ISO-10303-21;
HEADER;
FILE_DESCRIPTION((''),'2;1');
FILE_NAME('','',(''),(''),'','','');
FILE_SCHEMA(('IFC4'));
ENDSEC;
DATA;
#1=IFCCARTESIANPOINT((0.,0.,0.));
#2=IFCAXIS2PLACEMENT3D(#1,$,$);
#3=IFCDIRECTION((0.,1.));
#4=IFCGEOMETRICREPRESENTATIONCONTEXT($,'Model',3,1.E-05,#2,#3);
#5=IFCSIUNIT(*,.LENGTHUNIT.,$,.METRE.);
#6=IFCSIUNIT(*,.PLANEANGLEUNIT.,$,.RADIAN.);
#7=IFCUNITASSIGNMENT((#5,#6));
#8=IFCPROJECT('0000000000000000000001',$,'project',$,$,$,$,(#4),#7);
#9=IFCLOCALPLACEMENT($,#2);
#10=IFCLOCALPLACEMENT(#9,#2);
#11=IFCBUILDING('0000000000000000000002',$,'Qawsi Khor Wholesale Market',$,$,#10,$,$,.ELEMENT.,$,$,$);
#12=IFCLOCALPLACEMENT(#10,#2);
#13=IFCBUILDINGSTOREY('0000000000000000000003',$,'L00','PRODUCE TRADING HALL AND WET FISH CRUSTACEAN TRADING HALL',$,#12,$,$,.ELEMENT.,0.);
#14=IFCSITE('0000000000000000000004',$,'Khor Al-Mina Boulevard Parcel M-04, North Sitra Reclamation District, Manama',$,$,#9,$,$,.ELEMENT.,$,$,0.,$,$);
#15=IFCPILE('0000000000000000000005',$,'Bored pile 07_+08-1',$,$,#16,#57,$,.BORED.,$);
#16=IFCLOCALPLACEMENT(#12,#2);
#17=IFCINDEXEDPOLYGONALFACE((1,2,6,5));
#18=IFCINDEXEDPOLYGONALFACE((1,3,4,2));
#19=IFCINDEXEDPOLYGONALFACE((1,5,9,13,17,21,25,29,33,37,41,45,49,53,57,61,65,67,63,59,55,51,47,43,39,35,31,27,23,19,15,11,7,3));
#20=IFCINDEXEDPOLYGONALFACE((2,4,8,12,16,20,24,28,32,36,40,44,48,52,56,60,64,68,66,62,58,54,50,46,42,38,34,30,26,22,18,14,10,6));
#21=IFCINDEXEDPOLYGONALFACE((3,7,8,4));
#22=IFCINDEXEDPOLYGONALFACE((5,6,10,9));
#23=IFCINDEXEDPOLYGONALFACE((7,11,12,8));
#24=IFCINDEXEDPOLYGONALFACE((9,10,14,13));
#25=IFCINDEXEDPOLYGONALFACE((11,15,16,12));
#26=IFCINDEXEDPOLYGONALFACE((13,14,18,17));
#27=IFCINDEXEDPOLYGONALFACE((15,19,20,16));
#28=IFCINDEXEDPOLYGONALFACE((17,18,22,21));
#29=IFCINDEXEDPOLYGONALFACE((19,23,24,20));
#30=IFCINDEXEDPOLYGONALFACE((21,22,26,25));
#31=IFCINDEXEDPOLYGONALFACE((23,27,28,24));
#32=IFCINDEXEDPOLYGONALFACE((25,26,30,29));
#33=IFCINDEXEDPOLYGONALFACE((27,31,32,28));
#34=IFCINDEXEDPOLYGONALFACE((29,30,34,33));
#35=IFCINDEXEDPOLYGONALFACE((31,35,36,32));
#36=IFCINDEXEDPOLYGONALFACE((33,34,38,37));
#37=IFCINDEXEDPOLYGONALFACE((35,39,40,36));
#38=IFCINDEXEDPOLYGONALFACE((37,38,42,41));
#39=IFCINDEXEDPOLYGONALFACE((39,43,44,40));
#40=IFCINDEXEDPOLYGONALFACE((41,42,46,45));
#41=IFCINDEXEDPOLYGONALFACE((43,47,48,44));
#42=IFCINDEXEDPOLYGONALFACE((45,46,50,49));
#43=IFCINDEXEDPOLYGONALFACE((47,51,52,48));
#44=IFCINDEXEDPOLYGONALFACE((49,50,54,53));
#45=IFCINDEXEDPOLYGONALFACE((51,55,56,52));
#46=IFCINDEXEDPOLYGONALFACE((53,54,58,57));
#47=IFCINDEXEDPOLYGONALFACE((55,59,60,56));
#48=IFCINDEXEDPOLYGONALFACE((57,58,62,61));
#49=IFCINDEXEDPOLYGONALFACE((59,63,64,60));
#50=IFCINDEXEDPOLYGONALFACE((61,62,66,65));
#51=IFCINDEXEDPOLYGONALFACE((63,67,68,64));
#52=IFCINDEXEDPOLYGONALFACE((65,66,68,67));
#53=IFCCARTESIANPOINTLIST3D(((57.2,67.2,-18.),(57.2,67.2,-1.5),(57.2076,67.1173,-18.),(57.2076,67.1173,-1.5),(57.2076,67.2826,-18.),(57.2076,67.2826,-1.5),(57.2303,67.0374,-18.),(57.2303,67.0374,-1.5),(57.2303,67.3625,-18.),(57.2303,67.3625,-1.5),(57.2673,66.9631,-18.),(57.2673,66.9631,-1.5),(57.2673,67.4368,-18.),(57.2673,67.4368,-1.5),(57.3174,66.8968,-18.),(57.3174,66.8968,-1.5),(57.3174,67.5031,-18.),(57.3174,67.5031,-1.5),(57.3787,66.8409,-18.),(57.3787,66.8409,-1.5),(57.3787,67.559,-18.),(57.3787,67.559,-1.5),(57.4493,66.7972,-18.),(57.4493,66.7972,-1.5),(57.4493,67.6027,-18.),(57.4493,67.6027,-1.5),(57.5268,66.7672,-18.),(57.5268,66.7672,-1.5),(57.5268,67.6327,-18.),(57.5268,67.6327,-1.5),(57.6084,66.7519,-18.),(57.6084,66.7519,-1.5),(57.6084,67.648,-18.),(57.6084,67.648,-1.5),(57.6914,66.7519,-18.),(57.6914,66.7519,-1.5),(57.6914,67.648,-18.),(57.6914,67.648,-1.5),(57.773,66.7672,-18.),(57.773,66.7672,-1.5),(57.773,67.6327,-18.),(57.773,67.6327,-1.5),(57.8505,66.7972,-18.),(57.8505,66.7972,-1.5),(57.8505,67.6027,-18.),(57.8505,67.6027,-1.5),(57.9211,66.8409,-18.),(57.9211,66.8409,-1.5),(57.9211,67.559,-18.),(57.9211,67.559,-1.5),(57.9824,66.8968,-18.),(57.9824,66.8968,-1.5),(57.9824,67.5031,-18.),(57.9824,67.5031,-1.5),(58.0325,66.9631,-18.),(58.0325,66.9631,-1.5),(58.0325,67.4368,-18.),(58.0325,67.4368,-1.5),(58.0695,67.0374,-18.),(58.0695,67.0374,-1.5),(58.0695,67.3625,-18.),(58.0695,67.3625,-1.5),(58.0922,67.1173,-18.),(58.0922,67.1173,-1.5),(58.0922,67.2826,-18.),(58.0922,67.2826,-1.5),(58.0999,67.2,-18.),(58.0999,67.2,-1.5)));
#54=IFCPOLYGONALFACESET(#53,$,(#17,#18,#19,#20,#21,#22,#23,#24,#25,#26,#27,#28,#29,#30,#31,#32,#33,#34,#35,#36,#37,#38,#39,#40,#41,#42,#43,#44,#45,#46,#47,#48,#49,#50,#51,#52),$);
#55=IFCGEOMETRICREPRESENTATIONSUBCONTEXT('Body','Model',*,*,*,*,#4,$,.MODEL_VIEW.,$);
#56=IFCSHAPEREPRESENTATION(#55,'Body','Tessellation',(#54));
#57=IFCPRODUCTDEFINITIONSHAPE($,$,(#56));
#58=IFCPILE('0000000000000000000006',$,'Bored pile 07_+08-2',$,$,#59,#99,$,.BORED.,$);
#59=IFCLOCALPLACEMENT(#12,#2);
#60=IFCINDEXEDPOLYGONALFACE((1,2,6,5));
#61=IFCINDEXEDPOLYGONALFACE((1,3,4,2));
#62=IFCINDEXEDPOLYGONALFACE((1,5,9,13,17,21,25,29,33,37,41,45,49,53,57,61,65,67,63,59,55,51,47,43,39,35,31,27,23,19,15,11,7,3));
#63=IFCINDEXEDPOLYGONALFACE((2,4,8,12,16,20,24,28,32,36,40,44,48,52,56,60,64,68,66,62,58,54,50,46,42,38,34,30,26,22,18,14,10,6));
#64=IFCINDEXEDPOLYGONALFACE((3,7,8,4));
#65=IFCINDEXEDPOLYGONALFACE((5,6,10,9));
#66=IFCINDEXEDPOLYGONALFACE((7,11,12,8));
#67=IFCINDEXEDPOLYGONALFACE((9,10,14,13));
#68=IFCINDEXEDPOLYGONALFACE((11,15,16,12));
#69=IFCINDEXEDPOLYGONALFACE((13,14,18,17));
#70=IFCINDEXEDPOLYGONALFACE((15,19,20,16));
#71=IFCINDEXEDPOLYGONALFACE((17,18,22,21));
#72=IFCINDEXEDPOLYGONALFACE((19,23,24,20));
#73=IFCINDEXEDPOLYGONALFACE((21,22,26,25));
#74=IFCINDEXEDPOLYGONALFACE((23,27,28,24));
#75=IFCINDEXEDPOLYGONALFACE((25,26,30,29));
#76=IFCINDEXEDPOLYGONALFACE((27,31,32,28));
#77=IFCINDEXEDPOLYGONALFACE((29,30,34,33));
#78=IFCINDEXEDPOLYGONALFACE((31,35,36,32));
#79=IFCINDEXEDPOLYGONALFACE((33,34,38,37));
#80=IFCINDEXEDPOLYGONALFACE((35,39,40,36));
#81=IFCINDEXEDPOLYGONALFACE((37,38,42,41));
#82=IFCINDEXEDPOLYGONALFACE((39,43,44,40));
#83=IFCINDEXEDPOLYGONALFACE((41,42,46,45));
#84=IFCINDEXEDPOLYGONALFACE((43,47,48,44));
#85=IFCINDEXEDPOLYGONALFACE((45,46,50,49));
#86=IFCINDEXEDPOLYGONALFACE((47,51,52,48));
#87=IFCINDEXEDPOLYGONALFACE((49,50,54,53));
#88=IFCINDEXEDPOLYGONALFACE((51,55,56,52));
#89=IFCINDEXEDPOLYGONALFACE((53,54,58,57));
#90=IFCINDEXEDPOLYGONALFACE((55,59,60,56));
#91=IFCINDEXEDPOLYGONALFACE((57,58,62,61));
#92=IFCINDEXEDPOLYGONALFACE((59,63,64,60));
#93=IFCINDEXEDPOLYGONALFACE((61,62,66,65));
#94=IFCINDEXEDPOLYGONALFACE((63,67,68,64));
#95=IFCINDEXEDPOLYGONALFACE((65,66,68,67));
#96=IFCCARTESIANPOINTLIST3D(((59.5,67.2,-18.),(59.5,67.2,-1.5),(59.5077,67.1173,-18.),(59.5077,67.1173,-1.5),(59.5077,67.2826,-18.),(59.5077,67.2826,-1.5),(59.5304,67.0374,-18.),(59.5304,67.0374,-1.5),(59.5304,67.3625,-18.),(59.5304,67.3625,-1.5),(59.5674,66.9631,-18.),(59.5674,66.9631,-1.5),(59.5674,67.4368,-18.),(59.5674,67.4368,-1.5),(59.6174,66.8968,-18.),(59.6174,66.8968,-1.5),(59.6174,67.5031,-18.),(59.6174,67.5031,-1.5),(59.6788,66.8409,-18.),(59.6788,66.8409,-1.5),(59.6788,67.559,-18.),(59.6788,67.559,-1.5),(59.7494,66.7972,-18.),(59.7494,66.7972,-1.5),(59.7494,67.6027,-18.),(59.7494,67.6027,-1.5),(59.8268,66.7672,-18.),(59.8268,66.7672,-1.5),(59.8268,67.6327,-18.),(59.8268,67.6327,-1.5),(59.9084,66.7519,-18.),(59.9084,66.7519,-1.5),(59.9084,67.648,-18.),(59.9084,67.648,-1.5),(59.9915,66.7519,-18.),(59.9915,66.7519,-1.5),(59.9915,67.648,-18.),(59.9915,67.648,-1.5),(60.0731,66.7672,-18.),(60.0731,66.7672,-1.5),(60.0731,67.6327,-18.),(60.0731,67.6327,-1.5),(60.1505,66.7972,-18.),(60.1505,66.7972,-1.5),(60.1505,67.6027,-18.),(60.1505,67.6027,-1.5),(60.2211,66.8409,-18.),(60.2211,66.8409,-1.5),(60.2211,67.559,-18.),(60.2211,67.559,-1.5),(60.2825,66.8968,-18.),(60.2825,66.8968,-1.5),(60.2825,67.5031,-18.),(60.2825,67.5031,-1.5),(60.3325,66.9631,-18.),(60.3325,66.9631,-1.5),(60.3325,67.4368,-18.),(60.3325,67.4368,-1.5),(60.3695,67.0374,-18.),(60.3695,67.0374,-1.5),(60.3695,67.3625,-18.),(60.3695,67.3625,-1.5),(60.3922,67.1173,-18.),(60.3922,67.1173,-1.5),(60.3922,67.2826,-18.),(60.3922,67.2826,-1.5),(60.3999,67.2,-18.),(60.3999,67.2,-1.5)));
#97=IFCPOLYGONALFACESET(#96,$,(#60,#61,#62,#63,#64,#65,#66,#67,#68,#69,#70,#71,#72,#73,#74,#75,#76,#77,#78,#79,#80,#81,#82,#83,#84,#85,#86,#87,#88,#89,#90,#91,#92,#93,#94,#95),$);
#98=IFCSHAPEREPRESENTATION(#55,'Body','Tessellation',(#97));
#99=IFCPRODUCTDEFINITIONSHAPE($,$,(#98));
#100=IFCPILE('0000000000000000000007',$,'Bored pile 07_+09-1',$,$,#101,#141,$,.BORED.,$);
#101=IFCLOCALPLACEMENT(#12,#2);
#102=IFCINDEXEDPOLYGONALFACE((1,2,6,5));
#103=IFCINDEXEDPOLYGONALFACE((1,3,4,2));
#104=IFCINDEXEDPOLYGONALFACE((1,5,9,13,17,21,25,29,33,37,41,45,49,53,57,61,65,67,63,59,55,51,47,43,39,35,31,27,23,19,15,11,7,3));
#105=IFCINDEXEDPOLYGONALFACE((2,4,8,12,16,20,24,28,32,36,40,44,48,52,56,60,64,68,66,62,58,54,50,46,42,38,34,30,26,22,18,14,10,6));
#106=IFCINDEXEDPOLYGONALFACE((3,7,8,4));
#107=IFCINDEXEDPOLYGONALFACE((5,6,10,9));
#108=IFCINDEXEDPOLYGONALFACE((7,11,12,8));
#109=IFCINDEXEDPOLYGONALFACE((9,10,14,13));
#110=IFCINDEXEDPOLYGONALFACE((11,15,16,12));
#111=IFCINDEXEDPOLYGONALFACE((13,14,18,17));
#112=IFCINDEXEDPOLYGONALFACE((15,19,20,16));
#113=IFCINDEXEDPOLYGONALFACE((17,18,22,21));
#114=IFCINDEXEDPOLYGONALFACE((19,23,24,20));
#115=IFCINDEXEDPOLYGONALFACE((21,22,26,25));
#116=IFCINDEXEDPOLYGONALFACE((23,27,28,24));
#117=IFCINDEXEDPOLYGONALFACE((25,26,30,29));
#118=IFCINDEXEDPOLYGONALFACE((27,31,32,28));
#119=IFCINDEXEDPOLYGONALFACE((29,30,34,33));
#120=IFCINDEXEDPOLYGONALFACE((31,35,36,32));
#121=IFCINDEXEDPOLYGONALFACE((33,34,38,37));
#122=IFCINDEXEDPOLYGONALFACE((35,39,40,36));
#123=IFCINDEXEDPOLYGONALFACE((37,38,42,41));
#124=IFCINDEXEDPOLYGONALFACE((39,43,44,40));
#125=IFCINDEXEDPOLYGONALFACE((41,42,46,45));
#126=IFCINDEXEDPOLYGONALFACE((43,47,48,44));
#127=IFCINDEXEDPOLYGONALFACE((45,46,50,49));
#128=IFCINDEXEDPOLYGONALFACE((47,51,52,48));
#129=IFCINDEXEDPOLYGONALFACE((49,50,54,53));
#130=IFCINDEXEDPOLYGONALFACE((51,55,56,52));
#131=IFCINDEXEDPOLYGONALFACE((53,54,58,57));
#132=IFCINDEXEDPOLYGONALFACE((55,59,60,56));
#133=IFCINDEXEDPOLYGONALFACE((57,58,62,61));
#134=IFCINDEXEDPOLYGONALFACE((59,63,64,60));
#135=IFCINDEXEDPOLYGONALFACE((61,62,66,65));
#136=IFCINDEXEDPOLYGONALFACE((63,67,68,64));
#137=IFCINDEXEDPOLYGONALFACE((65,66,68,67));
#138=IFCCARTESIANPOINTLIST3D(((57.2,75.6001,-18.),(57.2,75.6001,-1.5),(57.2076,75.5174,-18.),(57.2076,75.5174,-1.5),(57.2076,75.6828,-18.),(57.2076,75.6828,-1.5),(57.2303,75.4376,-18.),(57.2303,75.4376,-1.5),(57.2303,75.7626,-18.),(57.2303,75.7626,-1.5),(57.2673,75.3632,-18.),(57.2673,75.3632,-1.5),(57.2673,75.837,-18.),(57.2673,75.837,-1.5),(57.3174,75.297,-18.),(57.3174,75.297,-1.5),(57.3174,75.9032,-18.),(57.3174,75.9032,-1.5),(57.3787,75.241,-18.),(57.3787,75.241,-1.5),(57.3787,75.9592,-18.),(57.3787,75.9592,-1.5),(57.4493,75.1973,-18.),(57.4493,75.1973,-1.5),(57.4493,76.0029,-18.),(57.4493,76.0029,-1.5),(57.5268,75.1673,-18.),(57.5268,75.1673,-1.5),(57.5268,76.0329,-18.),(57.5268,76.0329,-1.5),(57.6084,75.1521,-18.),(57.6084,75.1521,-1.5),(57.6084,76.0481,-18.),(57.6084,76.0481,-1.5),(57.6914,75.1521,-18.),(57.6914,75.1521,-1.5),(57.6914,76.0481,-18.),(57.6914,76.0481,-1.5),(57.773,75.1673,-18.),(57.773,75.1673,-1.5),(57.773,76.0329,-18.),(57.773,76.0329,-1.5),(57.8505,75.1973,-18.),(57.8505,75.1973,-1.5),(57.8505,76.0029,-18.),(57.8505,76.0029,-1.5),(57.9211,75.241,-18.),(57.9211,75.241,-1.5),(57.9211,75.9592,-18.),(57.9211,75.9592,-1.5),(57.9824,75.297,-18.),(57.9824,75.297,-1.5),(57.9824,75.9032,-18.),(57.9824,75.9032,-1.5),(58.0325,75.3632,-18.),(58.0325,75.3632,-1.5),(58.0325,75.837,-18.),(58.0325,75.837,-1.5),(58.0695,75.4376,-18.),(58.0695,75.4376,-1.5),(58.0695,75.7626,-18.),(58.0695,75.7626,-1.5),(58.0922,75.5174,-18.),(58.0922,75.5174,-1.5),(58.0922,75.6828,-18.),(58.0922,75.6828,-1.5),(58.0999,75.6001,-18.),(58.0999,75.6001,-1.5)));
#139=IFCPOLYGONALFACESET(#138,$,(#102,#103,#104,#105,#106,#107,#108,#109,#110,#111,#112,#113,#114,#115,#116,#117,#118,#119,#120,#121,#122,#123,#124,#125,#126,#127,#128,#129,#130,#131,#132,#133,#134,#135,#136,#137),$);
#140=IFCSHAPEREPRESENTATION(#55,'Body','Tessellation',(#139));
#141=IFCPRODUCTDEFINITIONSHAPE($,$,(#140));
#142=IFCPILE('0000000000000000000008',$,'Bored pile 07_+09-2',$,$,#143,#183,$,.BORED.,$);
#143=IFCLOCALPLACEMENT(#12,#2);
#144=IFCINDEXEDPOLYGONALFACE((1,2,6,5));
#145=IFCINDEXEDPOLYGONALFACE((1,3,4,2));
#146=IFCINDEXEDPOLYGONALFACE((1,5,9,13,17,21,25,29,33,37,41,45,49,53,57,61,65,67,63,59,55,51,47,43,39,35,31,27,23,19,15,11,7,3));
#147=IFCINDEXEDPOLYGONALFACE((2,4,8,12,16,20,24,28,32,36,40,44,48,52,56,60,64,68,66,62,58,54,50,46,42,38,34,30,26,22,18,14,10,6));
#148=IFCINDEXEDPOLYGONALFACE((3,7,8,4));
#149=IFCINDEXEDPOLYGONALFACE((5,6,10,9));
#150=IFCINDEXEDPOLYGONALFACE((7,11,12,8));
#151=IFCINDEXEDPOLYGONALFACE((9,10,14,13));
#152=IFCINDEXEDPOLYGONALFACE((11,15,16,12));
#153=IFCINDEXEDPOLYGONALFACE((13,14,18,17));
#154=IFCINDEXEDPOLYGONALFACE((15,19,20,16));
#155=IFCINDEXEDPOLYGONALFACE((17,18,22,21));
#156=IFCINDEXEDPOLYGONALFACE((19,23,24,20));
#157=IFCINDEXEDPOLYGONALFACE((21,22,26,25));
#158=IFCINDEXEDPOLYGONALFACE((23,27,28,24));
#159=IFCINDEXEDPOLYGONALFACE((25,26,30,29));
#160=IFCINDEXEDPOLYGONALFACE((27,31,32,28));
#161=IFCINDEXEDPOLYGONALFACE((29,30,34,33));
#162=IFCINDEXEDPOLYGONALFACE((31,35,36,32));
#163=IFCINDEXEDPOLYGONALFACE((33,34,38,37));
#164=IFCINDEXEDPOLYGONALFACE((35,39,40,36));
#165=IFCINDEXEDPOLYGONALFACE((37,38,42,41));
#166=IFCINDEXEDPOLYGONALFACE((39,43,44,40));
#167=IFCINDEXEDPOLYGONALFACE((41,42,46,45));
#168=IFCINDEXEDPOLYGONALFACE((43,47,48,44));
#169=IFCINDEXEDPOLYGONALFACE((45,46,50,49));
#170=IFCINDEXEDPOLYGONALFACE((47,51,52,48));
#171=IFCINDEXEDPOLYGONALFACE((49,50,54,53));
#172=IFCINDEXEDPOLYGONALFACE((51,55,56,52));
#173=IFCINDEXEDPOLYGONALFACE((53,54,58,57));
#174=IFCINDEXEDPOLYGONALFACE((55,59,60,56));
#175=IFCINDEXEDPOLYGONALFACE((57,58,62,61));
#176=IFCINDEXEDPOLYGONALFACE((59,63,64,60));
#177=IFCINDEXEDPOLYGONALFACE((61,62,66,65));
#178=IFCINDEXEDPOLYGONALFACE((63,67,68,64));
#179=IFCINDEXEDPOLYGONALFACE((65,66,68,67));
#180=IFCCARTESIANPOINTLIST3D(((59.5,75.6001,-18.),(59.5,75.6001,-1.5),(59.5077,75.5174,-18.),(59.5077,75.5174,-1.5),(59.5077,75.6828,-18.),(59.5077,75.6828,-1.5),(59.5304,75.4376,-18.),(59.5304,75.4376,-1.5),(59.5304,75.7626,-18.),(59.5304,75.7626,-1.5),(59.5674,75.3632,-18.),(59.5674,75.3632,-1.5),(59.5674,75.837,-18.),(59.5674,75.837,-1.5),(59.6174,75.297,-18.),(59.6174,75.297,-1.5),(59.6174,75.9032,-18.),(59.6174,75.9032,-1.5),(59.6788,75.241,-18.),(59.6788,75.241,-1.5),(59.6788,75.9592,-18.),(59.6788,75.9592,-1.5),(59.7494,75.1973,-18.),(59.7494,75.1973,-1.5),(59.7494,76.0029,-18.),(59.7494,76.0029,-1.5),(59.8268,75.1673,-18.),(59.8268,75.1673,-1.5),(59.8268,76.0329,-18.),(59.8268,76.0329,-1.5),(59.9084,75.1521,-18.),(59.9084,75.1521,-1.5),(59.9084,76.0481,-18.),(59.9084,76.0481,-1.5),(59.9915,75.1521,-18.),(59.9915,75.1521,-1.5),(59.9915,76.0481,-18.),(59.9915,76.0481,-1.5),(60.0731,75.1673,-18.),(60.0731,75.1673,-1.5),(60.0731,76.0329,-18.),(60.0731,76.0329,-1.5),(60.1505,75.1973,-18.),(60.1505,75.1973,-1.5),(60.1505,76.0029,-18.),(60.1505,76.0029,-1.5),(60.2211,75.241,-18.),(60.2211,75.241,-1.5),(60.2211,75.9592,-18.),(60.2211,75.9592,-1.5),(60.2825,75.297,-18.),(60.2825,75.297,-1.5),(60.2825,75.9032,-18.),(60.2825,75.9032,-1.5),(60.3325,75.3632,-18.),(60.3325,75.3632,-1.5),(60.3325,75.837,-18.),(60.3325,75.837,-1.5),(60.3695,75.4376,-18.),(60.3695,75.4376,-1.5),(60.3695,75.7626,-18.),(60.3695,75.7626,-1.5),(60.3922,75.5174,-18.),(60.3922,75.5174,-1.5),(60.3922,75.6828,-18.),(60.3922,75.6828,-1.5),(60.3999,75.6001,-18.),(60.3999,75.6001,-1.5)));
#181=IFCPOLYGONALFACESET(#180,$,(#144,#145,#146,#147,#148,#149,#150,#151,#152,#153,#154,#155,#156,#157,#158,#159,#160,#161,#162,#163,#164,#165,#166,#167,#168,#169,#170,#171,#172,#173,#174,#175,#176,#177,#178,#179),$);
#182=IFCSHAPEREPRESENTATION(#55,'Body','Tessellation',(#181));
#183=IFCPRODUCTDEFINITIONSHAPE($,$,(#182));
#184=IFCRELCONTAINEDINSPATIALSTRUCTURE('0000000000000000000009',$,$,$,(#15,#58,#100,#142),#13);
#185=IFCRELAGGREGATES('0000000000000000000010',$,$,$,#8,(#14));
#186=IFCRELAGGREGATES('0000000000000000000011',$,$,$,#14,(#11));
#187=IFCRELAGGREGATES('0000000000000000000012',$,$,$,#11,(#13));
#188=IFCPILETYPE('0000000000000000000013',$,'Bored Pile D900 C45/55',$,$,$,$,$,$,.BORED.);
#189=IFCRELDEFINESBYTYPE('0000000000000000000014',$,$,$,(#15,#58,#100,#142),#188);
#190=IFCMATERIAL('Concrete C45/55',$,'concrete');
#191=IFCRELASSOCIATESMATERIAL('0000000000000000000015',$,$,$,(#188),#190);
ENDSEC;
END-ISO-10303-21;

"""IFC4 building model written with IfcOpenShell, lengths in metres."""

from ifc_helpers import new_model, si_unit, direction, frame, origin, origin_2d, place, context, subcontext, project, spatial, circle, extrude, material, material_profile, profile_set, type_object, element, save


model = new_model("IFC4")

# Units and contexts
model_context = context("Model", 3, precision=1e-05, world=origin(), true_north=direction((0.0, 1.0)))
body_context = subcontext(model_context, "Body", "Model", "MODEL_VIEW")
ifc_project = project(units=[si_unit("LENGTHUNIT", "METRE"), si_unit("PLANEANGLEUNIT", "RADIAN")], contexts=[model_context])

# Site, building, storey
site_placement = place(None, origin())
site = spatial("IfcSite", under=ifc_project, at=site_placement, Name="Khor Al-Mina Boulevard Parcel M-04, North Sitra Reclamation District, Manama", CompositionType="ELEMENT", RefElevation=0.0)
building_placement = place(site_placement, origin())
building = spatial("IfcBuilding", under=site, at=building_placement, Name="Qawsi Khor Wholesale Market", CompositionType="ELEMENT")
storey_placement = place(building_placement, origin())
storey = spatial("IfcBuildingStorey", under=building, at=storey_placement, Name="L00", Description="PRODUCE TRADING HALL AND WET FISH CRUSTACEAN TRADING HALL", CompositionType="ELEMENT", Elevation=0.0)

# Piles
ifc_material_1 = material(Name="Concrete C45/55", Category="concrete")
ifc_material_profile_1 = material_profile(ifc_material_1, circle(Radius=0.45, at=origin_2d()), Name="PILE D900")
ifc_profile_set_1 = profile_set([ifc_material_profile_1], Name="Concrete C45/55")
pile_type_1 = type_object("IfcPileType", Name="Bored Pile D900 C45/55", PredefinedType="BORED", material=ifc_profile_set_1)
for number, where, z_axis, x_axis, name in (
    (1, (57.6499, 67.2, -1.5), (0.0, 0.0, -1.0), (1.0, 0.0, 0.0), "Bored pile 07_+08-1"),
    (2, (59.95, 67.2, -1.5), (0.0, 0.0, -1.0), (1.0, 0.0, 0.0), "Bored pile 07_+08-2"),
    (3, (57.6499, 75.6001, -1.5), (0.0, 0.0, -1.0), (1.0, 0.0, 0.0), "Bored pile 07_+09-1"),
    (4, (59.95, 75.6001, -1.5), (0.0, 0.0, -1.0), (1.0, 0.0, 0.0), "Bored pile 07_+09-2"),
):
    element("IfcPile", number, at=place(storey_placement, frame(where, z_axis=z_axis, x_axis=x_axis)), inside=storey, type_object=pile_type_1, Name=name, PredefinedType="BORED", context=body_context, shape_type="SweptSolid", body=[
        extrude(circle(Radius=0.45, at=origin_2d()), origin(), (0.0, 0.0, 1.0), 16.5),
    ])

save(model, "model.ifc")
